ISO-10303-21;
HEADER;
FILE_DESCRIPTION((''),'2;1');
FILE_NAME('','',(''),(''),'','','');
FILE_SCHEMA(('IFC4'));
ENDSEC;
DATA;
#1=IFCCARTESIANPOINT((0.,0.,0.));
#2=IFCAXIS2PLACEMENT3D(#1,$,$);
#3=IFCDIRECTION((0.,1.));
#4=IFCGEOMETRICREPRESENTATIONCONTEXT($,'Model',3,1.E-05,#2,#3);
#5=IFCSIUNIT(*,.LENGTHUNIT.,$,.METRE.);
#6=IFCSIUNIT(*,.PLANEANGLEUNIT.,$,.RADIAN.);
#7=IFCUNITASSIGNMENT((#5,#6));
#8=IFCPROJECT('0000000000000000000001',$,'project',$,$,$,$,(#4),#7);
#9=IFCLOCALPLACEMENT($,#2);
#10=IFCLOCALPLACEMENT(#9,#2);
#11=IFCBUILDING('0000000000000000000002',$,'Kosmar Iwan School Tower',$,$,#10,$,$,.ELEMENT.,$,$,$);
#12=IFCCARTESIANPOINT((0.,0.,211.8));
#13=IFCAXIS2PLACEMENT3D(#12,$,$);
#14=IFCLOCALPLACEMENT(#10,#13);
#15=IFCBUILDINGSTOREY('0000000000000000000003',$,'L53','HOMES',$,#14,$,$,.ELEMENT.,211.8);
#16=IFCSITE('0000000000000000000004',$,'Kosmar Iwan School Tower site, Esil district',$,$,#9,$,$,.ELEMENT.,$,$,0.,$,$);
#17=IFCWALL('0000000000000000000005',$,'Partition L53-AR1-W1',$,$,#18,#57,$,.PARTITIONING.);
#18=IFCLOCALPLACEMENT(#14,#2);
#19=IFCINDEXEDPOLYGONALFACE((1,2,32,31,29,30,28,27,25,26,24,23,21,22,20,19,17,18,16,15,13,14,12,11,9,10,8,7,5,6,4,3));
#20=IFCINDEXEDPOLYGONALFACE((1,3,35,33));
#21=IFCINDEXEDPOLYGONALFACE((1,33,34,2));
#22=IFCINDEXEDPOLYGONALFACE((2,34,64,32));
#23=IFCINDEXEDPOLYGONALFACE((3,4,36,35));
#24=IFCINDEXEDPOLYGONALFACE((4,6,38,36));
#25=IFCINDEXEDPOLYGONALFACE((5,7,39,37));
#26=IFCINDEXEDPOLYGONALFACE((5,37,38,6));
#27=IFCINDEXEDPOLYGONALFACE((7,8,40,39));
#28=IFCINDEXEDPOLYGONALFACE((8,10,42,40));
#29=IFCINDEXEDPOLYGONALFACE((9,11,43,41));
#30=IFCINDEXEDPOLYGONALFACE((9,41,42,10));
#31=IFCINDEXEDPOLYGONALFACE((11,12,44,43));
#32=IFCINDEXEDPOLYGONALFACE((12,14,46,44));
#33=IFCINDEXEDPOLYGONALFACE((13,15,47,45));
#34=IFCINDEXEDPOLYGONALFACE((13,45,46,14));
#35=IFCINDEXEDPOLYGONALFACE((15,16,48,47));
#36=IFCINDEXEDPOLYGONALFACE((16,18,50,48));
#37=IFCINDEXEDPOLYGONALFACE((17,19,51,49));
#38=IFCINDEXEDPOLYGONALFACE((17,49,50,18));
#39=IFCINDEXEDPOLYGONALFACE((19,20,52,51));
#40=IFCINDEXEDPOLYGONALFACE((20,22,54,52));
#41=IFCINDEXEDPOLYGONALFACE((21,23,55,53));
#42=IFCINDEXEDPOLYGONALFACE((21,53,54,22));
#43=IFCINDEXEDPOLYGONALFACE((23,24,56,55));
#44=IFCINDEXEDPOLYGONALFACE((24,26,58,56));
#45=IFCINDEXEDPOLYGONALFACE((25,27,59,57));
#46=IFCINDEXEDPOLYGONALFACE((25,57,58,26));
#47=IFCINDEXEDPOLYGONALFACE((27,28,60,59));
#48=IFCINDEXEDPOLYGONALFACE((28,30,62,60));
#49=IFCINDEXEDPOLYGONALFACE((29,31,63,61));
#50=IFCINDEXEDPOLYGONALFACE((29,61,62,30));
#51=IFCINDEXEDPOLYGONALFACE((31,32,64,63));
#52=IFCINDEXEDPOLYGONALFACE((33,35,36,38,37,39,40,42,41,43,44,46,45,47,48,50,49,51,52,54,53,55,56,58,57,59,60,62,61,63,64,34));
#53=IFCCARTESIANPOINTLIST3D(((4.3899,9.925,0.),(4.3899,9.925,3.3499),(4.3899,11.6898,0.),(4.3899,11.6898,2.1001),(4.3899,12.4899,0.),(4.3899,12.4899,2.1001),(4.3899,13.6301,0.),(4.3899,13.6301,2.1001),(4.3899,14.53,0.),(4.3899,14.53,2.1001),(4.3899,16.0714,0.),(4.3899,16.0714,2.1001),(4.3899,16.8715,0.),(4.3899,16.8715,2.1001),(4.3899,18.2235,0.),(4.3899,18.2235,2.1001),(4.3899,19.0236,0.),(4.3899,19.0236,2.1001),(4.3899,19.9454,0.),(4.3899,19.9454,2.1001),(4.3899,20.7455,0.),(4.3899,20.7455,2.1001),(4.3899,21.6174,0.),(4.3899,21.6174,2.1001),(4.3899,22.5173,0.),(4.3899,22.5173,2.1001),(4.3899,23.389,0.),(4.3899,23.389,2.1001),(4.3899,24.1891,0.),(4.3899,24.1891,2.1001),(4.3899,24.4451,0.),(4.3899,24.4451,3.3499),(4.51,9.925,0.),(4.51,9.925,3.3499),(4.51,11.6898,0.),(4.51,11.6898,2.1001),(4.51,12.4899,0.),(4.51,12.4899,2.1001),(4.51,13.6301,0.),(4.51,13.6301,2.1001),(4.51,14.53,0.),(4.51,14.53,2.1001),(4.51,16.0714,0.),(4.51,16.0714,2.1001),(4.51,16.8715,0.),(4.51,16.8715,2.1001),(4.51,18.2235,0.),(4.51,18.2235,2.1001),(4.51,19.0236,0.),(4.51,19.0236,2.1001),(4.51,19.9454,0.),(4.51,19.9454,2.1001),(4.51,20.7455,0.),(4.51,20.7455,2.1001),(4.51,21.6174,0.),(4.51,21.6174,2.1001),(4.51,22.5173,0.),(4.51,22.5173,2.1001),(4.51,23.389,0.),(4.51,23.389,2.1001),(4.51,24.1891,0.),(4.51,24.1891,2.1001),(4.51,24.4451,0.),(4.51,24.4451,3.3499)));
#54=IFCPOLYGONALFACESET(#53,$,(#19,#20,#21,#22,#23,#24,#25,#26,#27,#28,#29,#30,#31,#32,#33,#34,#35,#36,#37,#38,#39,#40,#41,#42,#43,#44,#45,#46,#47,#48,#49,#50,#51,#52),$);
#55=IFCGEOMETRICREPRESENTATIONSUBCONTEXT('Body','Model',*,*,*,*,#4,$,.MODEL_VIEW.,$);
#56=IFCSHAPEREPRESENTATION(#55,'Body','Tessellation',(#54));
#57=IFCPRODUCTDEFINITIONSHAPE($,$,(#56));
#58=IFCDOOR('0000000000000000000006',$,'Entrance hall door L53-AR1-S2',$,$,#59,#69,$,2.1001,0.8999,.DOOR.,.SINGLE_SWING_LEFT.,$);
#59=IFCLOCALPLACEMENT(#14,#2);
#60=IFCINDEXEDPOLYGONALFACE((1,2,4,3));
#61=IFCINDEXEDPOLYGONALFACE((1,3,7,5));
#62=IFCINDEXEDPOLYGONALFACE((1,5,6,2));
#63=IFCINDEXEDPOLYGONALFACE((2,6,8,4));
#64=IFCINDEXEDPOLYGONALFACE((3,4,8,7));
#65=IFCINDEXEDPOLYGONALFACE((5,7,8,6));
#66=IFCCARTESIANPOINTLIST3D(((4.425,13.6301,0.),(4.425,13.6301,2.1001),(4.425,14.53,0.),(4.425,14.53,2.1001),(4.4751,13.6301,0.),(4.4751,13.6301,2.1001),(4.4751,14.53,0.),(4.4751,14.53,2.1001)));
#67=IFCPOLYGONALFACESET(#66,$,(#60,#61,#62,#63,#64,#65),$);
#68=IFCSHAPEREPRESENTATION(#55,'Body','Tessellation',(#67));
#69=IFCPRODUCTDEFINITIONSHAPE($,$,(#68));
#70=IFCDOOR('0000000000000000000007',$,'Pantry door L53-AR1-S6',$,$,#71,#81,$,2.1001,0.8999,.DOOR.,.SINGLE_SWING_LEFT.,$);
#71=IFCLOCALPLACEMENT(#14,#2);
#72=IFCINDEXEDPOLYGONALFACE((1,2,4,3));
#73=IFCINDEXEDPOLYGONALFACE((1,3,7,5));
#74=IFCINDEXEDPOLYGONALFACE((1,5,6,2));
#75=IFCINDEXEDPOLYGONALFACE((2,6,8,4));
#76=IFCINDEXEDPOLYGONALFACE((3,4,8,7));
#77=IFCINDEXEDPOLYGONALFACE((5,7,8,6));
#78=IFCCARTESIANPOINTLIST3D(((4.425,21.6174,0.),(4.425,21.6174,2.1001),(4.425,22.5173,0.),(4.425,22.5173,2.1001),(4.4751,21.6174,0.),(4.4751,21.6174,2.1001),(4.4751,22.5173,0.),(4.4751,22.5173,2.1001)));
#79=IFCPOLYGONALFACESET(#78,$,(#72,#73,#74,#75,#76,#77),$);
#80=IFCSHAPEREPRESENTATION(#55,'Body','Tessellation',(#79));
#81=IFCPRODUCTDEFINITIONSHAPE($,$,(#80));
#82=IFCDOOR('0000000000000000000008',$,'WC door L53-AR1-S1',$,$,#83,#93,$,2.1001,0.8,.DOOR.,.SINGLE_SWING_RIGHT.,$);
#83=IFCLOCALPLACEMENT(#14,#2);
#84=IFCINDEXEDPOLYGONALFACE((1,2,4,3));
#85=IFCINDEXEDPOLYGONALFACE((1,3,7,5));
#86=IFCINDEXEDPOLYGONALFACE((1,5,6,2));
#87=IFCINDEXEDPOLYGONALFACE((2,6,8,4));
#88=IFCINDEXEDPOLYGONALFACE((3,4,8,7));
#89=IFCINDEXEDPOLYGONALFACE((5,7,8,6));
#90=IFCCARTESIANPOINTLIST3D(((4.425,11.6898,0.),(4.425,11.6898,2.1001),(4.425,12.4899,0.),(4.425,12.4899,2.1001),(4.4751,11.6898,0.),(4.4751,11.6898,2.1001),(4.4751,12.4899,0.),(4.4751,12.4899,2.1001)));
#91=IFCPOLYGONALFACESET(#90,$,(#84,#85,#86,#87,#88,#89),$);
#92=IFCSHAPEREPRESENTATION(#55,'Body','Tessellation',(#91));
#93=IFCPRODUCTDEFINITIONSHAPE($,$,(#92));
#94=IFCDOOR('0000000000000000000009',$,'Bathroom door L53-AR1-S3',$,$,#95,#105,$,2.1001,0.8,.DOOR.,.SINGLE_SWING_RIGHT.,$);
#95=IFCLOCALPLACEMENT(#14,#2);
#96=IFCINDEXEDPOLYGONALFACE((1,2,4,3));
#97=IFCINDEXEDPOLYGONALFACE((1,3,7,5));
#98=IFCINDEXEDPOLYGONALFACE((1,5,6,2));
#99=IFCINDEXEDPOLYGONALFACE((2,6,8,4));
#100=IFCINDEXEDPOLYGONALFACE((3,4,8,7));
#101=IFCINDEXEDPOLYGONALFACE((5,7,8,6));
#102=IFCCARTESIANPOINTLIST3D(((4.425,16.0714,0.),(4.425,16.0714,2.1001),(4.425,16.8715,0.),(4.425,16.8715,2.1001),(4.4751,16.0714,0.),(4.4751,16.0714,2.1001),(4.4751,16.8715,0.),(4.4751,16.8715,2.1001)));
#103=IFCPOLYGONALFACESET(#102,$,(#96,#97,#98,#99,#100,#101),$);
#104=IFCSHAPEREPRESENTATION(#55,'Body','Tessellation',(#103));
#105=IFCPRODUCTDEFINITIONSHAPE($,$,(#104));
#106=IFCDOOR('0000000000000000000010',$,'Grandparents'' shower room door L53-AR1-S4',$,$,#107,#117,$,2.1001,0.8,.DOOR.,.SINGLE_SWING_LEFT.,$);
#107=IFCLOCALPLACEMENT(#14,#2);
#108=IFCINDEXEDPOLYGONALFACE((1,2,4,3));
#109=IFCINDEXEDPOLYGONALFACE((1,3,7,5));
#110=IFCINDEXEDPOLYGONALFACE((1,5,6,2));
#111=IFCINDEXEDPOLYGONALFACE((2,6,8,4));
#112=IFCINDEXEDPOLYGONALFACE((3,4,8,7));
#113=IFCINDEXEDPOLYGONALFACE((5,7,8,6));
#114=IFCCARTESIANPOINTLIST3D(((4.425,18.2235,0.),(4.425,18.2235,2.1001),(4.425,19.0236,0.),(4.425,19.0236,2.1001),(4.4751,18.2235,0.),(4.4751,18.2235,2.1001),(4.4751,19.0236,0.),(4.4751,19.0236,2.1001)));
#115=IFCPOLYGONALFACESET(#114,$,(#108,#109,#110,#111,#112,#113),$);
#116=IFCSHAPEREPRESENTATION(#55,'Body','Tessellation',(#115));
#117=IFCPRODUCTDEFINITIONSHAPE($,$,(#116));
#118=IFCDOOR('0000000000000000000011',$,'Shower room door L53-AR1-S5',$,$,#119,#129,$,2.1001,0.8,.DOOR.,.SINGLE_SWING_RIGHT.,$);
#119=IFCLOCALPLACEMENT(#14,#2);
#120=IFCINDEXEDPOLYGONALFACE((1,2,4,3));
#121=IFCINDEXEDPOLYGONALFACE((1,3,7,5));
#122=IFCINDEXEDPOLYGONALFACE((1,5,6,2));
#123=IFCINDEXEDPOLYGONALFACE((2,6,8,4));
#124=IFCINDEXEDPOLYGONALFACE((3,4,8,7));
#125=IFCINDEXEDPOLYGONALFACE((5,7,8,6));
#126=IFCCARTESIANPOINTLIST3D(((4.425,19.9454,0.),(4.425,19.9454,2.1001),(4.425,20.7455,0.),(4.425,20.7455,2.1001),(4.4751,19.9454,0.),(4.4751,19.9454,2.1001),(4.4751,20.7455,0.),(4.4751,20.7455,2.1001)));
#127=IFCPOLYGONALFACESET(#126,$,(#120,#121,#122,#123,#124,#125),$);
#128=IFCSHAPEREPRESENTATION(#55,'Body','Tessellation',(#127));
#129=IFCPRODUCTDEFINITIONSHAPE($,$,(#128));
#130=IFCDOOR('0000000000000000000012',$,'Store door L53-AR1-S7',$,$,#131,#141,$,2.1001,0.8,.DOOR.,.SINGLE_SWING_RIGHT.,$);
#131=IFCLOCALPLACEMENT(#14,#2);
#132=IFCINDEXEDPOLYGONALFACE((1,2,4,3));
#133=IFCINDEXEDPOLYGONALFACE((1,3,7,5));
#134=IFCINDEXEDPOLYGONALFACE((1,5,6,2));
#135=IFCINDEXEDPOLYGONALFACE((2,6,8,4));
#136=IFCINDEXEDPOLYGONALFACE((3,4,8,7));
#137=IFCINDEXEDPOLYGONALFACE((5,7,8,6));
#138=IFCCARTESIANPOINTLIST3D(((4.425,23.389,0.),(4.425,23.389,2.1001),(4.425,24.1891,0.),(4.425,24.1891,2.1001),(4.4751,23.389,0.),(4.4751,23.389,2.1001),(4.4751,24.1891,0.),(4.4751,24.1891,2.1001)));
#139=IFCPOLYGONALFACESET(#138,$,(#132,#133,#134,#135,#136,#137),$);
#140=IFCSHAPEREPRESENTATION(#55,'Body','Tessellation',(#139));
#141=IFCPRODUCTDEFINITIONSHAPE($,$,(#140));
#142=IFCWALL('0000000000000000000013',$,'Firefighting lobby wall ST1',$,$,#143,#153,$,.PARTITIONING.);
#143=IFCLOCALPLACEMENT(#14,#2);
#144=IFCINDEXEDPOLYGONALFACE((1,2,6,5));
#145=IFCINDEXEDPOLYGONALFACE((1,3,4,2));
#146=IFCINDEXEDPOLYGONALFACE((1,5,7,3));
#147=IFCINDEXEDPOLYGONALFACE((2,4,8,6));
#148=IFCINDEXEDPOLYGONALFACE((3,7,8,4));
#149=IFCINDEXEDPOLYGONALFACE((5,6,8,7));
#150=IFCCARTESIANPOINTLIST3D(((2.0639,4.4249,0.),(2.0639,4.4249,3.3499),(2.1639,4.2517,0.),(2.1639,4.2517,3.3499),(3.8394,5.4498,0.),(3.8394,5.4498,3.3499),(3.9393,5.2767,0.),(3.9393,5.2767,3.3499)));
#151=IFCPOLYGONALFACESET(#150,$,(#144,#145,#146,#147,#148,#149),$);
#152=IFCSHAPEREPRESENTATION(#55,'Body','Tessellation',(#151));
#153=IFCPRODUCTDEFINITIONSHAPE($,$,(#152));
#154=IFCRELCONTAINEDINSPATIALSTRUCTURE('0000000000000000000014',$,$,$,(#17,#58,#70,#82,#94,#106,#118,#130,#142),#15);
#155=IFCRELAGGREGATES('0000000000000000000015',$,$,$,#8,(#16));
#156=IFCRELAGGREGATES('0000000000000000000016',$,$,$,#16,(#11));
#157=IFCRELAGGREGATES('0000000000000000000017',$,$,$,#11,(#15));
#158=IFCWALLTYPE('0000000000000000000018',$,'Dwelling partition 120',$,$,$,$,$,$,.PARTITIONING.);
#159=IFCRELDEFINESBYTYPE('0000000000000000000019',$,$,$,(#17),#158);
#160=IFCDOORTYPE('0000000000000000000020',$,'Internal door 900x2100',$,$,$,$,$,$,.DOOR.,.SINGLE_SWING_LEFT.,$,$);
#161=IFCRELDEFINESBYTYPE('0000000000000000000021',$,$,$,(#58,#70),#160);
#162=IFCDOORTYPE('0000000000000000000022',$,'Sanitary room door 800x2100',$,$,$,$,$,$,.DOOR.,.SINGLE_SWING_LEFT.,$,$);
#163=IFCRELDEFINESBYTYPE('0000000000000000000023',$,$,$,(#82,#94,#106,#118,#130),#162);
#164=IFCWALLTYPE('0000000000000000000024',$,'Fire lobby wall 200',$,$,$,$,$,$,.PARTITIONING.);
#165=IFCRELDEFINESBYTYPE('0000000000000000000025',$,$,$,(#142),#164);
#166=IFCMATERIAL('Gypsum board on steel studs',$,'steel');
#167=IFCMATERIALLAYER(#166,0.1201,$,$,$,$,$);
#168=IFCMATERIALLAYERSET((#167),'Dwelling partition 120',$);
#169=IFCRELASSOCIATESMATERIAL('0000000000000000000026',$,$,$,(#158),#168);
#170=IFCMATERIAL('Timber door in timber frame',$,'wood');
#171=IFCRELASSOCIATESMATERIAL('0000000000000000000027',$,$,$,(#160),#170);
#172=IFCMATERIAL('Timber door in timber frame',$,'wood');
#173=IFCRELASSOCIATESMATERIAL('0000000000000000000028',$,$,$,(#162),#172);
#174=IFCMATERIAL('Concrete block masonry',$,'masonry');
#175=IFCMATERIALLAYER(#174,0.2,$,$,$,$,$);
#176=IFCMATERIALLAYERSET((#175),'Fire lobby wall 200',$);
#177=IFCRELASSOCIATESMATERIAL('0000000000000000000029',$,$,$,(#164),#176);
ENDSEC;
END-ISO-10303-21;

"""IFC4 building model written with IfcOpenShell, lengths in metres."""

from ifc_helpers import new_model, si_unit, direction, frame, frame_2d, origin, place, context, subcontext, project, spatial, rectangle, extrude, material, layer, layer_set, type_object, element, fill, save


model = new_model("IFC4")

# Units and contexts
model_context = context("Model", 3, precision=1e-05, world=origin(), true_north=direction((0.0, 1.0)))
body_context = subcontext(model_context, "Body", "Model", "MODEL_VIEW")
ifc_project = project(units=[si_unit("LENGTHUNIT", "METRE"), si_unit("PLANEANGLEUNIT", "RADIAN")], contexts=[model_context])

# Site, building, storey
site_placement = place(None, origin())
site = spatial("IfcSite", under=ifc_project, at=site_placement, Name="Kosmar Iwan School Tower site, Esil district", CompositionType="ELEMENT", RefElevation=0.0)
building_placement = place(site_placement, origin())
building = spatial("IfcBuilding", under=site, at=building_placement, Name="Kosmar Iwan School Tower", CompositionType="ELEMENT")
storey_placement = place(building_placement, frame((0.0, 0.0, 211.8)))
storey = spatial("IfcBuildingStorey", under=building, at=storey_placement, Name="L53", Description="HOMES", CompositionType="ELEMENT", Elevation=211.8)

# Wall, openings, doors
ifc_material_1 = material(Name="Gypsum board on steel studs", Category="steel")
ifc_layer_1 = layer(ifc_material_1, 0.1201)
ifc_layer_set_1 = layer_set([ifc_layer_1], Name="Dwelling partition 120")
wall_type_1 = type_object("IfcWallType", Name="Dwelling partition 120", PredefinedType="PARTITIONING", material=ifc_layer_set_1)
wall_1_placement = place(storey_placement, frame((4.45, 9.925, 0.0), z_axis=(0.0, 0.0, 1.0), x_axis=(0.0, 1.0, 0.0)))
wall_1 = element("IfcWall", 1, at=wall_1_placement, inside=storey, type_object=wall_type_1, Name="Partition L53-AR1-W1", PredefinedType="PARTITIONING", context=body_context, shape_type="SweptSolid", body=[
    extrude(rectangle(XDim=14.52, YDim=0.1201, at=frame_2d((7.26, 0.0))), origin(), (0.0, 0.0, 1.0), 3.3499),
])
opening_1_placement = place(wall_1_placement, frame((1.7649, 0.0, 0.0)))
opening_1 = element("IfcOpeningElement", 2, at=opening_1_placement, cuts=wall_1, PredefinedType="OPENING", context=body_context, shape_type="SweptSolid", body=[
    extrude(rectangle(XDim=0.8, YDim=2.1001, at=frame_2d((0.3999, 1.05))), frame((0.0, 0.072, 0.0), z_axis=(0.0, -1.0, 0.0), x_axis=(1.0, 0.0, 0.0)), (0.0, 0.0, 1.0), 0.144),
])
opening_2_placement = place(wall_1_placement, frame((3.7051, 0.0, 0.0)))
opening_2 = element("IfcOpeningElement", 3, at=opening_2_placement, cuts=wall_1, PredefinedType="OPENING", context=body_context, shape_type="SweptSolid", body=[
    extrude(rectangle(XDim=0.8999, YDim=2.1001, at=frame_2d((0.45, 1.05))), frame((0.0, 0.072, 0.0), z_axis=(0.0, -1.0, 0.0), x_axis=(1.0, 0.0, 0.0)), (0.0, 0.0, 1.0), 0.144),
])
opening_3_placement = place(wall_1_placement, frame((6.1465, 0.0, 0.0)))
opening_3 = element("IfcOpeningElement", 4, at=opening_3_placement, cuts=wall_1, PredefinedType="OPENING", context=body_context, shape_type="SweptSolid", body=[
    extrude(rectangle(XDim=0.8, YDim=2.1001, at=frame_2d((0.3999, 1.05))), frame((0.0, 0.072, 0.0), z_axis=(0.0, -1.0, 0.0), x_axis=(1.0, 0.0, 0.0)), (0.0, 0.0, 1.0), 0.144),
])
opening_4_placement = place(wall_1_placement, frame((8.2986, 0.0, 0.0)))
opening_4 = element("IfcOpeningElement", 5, at=opening_4_placement, cuts=wall_1, PredefinedType="OPENING", context=body_context, shape_type="SweptSolid", body=[
    extrude(rectangle(XDim=0.8, YDim=2.1001, at=frame_2d((0.3999, 1.05))), frame((0.0, 0.072, 0.0), z_axis=(0.0, -1.0, 0.0), x_axis=(1.0, 0.0, 0.0)), (0.0, 0.0, 1.0), 0.144),
])
opening_5_placement = place(wall_1_placement, frame((10.0205, 0.0, 0.0)))
opening_5 = element("IfcOpeningElement", 6, at=opening_5_placement, cuts=wall_1, PredefinedType="OPENING", context=body_context, shape_type="SweptSolid", body=[
    extrude(rectangle(XDim=0.8, YDim=2.1001, at=frame_2d((0.3999, 1.05))), frame((0.0, 0.072, 0.0), z_axis=(0.0, -1.0, 0.0), x_axis=(1.0, 0.0, 0.0)), (0.0, 0.0, 1.0), 0.144),
])
opening_6_placement = place(wall_1_placement, frame((11.6924, 0.0, 0.0)))
opening_6 = element("IfcOpeningElement", 7, at=opening_6_placement, cuts=wall_1, PredefinedType="OPENING", context=body_context, shape_type="SweptSolid", body=[
    extrude(rectangle(XDim=0.8999, YDim=2.1001, at=frame_2d((0.45, 1.05))), frame((0.0, 0.072, 0.0), z_axis=(0.0, -1.0, 0.0), x_axis=(1.0, 0.0, 0.0)), (0.0, 0.0, 1.0), 0.144),
])
opening_7_placement = place(wall_1_placement, frame((13.4641, 0.0, 0.0)))
opening_7 = element("IfcOpeningElement", 8, at=opening_7_placement, cuts=wall_1, PredefinedType="OPENING", context=body_context, shape_type="SweptSolid", body=[
    extrude(rectangle(XDim=0.8, YDim=2.1001, at=frame_2d((0.3999, 1.05))), frame((0.0, 0.072, 0.0), z_axis=(0.0, -1.0, 0.0), x_axis=(1.0, 0.0, 0.0)), (0.0, 0.0, 1.0), 0.144),
])
ifc_material_2 = material(Name="Timber door in timber frame", Category="wood")
door_type_1 = type_object("IfcDoorType", Name="Internal door 900x2100", OperationType="SINGLE_SWING_LEFT", PredefinedType="DOOR", material=ifc_material_2)
door_1_placement = place(opening_2_placement, origin())
door_1 = element("IfcDoor", 9, at=door_1_placement, inside=storey, type_object=door_type_1, Name="Entrance hall door L53-AR1-S2", OperationType="SINGLE_SWING_LEFT", OverallHeight=2.1001, OverallWidth=0.8999, PredefinedType="DOOR", context=body_context, shape_type="SweptSolid", body=[
    extrude(rectangle(XDim=0.8999, YDim=2.1001, at=frame_2d((0.45, 1.05))), frame((0.0, 0.0249, 0.0), z_axis=(0.0, -1.0, 0.0), x_axis=(1.0, 0.0, 0.0)), (0.0, 0.0, 1.0), 0.05),
])
fill(opening_2, door_1)
door_2_placement = place(opening_6_placement, origin())
door_2 = element("IfcDoor", 10, at=door_2_placement, inside=storey, type_object=door_type_1, Name="Pantry door L53-AR1-S6", OperationType="SINGLE_SWING_LEFT", OverallHeight=2.1001, OverallWidth=0.8999, PredefinedType="DOOR", context=body_context, shape_type="SweptSolid", body=[
    extrude(rectangle(XDim=0.8999, YDim=2.1001, at=frame_2d((0.45, 1.05))), frame((0.0, 0.0249, 0.0), z_axis=(0.0, -1.0, 0.0), x_axis=(1.0, 0.0, 0.0)), (0.0, 0.0, 1.0), 0.05),
])
fill(opening_6, door_2)
ifc_material_3 = material(Name="Timber door in timber frame", Category="wood")
door_type_2 = type_object("IfcDoorType", Name="Sanitary room door 800x2100", OperationType="SINGLE_SWING_LEFT", PredefinedType="DOOR", material=ifc_material_3)
door_3_placement = place(opening_1_placement, origin())
door_3 = element("IfcDoor", 11, at=door_3_placement, inside=storey, type_object=door_type_2, Name="WC door L53-AR1-S1", OperationType="SINGLE_SWING_RIGHT", OverallHeight=2.1001, OverallWidth=0.8, PredefinedType="DOOR", context=body_context, shape_type="SweptSolid", body=[
    extrude(rectangle(XDim=0.8, YDim=2.1001, at=frame_2d((0.3999, 1.05))), frame((0.0, 0.0249, 0.0), z_axis=(0.0, -1.0, 0.0), x_axis=(1.0, 0.0, 0.0)), (0.0, 0.0, 1.0), 0.05),
])
fill(opening_1, door_3)
door_4_placement = place(opening_3_placement, origin())
door_4 = element("IfcDoor", 12, at=door_4_placement, inside=storey, type_object=door_type_2, Name="Bathroom door L53-AR1-S3", OperationType="SINGLE_SWING_RIGHT", OverallHeight=2.1001, OverallWidth=0.8, PredefinedType="DOOR", context=body_context, shape_type="SweptSolid", body=[
    extrude(rectangle(XDim=0.8, YDim=2.1001, at=frame_2d((0.3999, 1.05))), frame((0.0, 0.0249, 0.0), z_axis=(0.0, -1.0, 0.0), x_axis=(1.0, 0.0, 0.0)), (0.0, 0.0, 1.0), 0.05),
])
fill(opening_3, door_4)
door_5_placement = place(opening_4_placement, origin())
door_5 = element("IfcDoor", 13, at=door_5_placement, inside=storey, type_object=door_type_2, Name="Grandparents' shower room door L53-AR1-S4", OperationType="SINGLE_SWING_LEFT", OverallHeight=2.1001, OverallWidth=0.8, PredefinedType="DOOR", context=body_context, shape_type="SweptSolid", body=[
    extrude(rectangle(XDim=0.8, YDim=2.1001, at=frame_2d((0.3999, 1.05))), frame((0.0, 0.0249, 0.0), z_axis=(0.0, -1.0, 0.0), x_axis=(1.0, 0.0, 0.0)), (0.0, 0.0, 1.0), 0.05),
])
fill(opening_4, door_5)
door_6_placement = place(opening_5_placement, origin())
door_6 = element("IfcDoor", 14, at=door_6_placement, inside=storey, type_object=door_type_2, Name="Shower room door L53-AR1-S5", OperationType="SINGLE_SWING_RIGHT", OverallHeight=2.1001, OverallWidth=0.8, PredefinedType="DOOR", context=body_context, shape_type="SweptSolid", body=[
    extrude(rectangle(XDim=0.8, YDim=2.1001, at=frame_2d((0.3999, 1.05))), frame((0.0, 0.0249, 0.0), z_axis=(0.0, -1.0, 0.0), x_axis=(1.0, 0.0, 0.0)), (0.0, 0.0, 1.0), 0.05),
])
fill(opening_5, door_6)
door_7_placement = place(opening_7_placement, origin())
door_7 = element("IfcDoor", 15, at=door_7_placement, inside=storey, type_object=door_type_2, Name="Store door L53-AR1-S7", OperationType="SINGLE_SWING_RIGHT", OverallHeight=2.1001, OverallWidth=0.8, PredefinedType="DOOR", context=body_context, shape_type="SweptSolid", body=[
    extrude(rectangle(XDim=0.8, YDim=2.1001, at=frame_2d((0.3999, 1.05))), frame((0.0, 0.0249, 0.0), z_axis=(0.0, -1.0, 0.0), x_axis=(1.0, 0.0, 0.0)), (0.0, 0.0, 1.0), 0.05),
])
fill(opening_7, door_7)

# Wall
ifc_material_4 = material(Name="Concrete block masonry", Category="masonry")
ifc_layer_2 = layer(ifc_material_4, 0.2)
ifc_layer_set_2 = layer_set([ifc_layer_2], Name="Fire lobby wall 200")
wall_type_2 = type_object("IfcWallType", Name="Fire lobby wall 200", PredefinedType="PARTITIONING", material=ifc_layer_set_2)
wall_2_placement = place(storey_placement, frame((2.114, 4.3384, 0.0), z_axis=(0.0, 0.0, 1.0), x_axis=(0.866051, 0.499956, 0.0)))
element("IfcWall", 16, at=wall_2_placement, inside=storey, type_object=wall_type_2, Name="Firefighting lobby wall ST1", PredefinedType="PARTITIONING", context=body_context, shape_type="SweptSolid", body=[
    extrude(rectangle(XDim=2.05, YDim=0.2, at=frame_2d((1.0249, 0.0))), origin(), (0.0, 0.0, 1.0), 3.3499),
])

save(model, "model.ifc")
